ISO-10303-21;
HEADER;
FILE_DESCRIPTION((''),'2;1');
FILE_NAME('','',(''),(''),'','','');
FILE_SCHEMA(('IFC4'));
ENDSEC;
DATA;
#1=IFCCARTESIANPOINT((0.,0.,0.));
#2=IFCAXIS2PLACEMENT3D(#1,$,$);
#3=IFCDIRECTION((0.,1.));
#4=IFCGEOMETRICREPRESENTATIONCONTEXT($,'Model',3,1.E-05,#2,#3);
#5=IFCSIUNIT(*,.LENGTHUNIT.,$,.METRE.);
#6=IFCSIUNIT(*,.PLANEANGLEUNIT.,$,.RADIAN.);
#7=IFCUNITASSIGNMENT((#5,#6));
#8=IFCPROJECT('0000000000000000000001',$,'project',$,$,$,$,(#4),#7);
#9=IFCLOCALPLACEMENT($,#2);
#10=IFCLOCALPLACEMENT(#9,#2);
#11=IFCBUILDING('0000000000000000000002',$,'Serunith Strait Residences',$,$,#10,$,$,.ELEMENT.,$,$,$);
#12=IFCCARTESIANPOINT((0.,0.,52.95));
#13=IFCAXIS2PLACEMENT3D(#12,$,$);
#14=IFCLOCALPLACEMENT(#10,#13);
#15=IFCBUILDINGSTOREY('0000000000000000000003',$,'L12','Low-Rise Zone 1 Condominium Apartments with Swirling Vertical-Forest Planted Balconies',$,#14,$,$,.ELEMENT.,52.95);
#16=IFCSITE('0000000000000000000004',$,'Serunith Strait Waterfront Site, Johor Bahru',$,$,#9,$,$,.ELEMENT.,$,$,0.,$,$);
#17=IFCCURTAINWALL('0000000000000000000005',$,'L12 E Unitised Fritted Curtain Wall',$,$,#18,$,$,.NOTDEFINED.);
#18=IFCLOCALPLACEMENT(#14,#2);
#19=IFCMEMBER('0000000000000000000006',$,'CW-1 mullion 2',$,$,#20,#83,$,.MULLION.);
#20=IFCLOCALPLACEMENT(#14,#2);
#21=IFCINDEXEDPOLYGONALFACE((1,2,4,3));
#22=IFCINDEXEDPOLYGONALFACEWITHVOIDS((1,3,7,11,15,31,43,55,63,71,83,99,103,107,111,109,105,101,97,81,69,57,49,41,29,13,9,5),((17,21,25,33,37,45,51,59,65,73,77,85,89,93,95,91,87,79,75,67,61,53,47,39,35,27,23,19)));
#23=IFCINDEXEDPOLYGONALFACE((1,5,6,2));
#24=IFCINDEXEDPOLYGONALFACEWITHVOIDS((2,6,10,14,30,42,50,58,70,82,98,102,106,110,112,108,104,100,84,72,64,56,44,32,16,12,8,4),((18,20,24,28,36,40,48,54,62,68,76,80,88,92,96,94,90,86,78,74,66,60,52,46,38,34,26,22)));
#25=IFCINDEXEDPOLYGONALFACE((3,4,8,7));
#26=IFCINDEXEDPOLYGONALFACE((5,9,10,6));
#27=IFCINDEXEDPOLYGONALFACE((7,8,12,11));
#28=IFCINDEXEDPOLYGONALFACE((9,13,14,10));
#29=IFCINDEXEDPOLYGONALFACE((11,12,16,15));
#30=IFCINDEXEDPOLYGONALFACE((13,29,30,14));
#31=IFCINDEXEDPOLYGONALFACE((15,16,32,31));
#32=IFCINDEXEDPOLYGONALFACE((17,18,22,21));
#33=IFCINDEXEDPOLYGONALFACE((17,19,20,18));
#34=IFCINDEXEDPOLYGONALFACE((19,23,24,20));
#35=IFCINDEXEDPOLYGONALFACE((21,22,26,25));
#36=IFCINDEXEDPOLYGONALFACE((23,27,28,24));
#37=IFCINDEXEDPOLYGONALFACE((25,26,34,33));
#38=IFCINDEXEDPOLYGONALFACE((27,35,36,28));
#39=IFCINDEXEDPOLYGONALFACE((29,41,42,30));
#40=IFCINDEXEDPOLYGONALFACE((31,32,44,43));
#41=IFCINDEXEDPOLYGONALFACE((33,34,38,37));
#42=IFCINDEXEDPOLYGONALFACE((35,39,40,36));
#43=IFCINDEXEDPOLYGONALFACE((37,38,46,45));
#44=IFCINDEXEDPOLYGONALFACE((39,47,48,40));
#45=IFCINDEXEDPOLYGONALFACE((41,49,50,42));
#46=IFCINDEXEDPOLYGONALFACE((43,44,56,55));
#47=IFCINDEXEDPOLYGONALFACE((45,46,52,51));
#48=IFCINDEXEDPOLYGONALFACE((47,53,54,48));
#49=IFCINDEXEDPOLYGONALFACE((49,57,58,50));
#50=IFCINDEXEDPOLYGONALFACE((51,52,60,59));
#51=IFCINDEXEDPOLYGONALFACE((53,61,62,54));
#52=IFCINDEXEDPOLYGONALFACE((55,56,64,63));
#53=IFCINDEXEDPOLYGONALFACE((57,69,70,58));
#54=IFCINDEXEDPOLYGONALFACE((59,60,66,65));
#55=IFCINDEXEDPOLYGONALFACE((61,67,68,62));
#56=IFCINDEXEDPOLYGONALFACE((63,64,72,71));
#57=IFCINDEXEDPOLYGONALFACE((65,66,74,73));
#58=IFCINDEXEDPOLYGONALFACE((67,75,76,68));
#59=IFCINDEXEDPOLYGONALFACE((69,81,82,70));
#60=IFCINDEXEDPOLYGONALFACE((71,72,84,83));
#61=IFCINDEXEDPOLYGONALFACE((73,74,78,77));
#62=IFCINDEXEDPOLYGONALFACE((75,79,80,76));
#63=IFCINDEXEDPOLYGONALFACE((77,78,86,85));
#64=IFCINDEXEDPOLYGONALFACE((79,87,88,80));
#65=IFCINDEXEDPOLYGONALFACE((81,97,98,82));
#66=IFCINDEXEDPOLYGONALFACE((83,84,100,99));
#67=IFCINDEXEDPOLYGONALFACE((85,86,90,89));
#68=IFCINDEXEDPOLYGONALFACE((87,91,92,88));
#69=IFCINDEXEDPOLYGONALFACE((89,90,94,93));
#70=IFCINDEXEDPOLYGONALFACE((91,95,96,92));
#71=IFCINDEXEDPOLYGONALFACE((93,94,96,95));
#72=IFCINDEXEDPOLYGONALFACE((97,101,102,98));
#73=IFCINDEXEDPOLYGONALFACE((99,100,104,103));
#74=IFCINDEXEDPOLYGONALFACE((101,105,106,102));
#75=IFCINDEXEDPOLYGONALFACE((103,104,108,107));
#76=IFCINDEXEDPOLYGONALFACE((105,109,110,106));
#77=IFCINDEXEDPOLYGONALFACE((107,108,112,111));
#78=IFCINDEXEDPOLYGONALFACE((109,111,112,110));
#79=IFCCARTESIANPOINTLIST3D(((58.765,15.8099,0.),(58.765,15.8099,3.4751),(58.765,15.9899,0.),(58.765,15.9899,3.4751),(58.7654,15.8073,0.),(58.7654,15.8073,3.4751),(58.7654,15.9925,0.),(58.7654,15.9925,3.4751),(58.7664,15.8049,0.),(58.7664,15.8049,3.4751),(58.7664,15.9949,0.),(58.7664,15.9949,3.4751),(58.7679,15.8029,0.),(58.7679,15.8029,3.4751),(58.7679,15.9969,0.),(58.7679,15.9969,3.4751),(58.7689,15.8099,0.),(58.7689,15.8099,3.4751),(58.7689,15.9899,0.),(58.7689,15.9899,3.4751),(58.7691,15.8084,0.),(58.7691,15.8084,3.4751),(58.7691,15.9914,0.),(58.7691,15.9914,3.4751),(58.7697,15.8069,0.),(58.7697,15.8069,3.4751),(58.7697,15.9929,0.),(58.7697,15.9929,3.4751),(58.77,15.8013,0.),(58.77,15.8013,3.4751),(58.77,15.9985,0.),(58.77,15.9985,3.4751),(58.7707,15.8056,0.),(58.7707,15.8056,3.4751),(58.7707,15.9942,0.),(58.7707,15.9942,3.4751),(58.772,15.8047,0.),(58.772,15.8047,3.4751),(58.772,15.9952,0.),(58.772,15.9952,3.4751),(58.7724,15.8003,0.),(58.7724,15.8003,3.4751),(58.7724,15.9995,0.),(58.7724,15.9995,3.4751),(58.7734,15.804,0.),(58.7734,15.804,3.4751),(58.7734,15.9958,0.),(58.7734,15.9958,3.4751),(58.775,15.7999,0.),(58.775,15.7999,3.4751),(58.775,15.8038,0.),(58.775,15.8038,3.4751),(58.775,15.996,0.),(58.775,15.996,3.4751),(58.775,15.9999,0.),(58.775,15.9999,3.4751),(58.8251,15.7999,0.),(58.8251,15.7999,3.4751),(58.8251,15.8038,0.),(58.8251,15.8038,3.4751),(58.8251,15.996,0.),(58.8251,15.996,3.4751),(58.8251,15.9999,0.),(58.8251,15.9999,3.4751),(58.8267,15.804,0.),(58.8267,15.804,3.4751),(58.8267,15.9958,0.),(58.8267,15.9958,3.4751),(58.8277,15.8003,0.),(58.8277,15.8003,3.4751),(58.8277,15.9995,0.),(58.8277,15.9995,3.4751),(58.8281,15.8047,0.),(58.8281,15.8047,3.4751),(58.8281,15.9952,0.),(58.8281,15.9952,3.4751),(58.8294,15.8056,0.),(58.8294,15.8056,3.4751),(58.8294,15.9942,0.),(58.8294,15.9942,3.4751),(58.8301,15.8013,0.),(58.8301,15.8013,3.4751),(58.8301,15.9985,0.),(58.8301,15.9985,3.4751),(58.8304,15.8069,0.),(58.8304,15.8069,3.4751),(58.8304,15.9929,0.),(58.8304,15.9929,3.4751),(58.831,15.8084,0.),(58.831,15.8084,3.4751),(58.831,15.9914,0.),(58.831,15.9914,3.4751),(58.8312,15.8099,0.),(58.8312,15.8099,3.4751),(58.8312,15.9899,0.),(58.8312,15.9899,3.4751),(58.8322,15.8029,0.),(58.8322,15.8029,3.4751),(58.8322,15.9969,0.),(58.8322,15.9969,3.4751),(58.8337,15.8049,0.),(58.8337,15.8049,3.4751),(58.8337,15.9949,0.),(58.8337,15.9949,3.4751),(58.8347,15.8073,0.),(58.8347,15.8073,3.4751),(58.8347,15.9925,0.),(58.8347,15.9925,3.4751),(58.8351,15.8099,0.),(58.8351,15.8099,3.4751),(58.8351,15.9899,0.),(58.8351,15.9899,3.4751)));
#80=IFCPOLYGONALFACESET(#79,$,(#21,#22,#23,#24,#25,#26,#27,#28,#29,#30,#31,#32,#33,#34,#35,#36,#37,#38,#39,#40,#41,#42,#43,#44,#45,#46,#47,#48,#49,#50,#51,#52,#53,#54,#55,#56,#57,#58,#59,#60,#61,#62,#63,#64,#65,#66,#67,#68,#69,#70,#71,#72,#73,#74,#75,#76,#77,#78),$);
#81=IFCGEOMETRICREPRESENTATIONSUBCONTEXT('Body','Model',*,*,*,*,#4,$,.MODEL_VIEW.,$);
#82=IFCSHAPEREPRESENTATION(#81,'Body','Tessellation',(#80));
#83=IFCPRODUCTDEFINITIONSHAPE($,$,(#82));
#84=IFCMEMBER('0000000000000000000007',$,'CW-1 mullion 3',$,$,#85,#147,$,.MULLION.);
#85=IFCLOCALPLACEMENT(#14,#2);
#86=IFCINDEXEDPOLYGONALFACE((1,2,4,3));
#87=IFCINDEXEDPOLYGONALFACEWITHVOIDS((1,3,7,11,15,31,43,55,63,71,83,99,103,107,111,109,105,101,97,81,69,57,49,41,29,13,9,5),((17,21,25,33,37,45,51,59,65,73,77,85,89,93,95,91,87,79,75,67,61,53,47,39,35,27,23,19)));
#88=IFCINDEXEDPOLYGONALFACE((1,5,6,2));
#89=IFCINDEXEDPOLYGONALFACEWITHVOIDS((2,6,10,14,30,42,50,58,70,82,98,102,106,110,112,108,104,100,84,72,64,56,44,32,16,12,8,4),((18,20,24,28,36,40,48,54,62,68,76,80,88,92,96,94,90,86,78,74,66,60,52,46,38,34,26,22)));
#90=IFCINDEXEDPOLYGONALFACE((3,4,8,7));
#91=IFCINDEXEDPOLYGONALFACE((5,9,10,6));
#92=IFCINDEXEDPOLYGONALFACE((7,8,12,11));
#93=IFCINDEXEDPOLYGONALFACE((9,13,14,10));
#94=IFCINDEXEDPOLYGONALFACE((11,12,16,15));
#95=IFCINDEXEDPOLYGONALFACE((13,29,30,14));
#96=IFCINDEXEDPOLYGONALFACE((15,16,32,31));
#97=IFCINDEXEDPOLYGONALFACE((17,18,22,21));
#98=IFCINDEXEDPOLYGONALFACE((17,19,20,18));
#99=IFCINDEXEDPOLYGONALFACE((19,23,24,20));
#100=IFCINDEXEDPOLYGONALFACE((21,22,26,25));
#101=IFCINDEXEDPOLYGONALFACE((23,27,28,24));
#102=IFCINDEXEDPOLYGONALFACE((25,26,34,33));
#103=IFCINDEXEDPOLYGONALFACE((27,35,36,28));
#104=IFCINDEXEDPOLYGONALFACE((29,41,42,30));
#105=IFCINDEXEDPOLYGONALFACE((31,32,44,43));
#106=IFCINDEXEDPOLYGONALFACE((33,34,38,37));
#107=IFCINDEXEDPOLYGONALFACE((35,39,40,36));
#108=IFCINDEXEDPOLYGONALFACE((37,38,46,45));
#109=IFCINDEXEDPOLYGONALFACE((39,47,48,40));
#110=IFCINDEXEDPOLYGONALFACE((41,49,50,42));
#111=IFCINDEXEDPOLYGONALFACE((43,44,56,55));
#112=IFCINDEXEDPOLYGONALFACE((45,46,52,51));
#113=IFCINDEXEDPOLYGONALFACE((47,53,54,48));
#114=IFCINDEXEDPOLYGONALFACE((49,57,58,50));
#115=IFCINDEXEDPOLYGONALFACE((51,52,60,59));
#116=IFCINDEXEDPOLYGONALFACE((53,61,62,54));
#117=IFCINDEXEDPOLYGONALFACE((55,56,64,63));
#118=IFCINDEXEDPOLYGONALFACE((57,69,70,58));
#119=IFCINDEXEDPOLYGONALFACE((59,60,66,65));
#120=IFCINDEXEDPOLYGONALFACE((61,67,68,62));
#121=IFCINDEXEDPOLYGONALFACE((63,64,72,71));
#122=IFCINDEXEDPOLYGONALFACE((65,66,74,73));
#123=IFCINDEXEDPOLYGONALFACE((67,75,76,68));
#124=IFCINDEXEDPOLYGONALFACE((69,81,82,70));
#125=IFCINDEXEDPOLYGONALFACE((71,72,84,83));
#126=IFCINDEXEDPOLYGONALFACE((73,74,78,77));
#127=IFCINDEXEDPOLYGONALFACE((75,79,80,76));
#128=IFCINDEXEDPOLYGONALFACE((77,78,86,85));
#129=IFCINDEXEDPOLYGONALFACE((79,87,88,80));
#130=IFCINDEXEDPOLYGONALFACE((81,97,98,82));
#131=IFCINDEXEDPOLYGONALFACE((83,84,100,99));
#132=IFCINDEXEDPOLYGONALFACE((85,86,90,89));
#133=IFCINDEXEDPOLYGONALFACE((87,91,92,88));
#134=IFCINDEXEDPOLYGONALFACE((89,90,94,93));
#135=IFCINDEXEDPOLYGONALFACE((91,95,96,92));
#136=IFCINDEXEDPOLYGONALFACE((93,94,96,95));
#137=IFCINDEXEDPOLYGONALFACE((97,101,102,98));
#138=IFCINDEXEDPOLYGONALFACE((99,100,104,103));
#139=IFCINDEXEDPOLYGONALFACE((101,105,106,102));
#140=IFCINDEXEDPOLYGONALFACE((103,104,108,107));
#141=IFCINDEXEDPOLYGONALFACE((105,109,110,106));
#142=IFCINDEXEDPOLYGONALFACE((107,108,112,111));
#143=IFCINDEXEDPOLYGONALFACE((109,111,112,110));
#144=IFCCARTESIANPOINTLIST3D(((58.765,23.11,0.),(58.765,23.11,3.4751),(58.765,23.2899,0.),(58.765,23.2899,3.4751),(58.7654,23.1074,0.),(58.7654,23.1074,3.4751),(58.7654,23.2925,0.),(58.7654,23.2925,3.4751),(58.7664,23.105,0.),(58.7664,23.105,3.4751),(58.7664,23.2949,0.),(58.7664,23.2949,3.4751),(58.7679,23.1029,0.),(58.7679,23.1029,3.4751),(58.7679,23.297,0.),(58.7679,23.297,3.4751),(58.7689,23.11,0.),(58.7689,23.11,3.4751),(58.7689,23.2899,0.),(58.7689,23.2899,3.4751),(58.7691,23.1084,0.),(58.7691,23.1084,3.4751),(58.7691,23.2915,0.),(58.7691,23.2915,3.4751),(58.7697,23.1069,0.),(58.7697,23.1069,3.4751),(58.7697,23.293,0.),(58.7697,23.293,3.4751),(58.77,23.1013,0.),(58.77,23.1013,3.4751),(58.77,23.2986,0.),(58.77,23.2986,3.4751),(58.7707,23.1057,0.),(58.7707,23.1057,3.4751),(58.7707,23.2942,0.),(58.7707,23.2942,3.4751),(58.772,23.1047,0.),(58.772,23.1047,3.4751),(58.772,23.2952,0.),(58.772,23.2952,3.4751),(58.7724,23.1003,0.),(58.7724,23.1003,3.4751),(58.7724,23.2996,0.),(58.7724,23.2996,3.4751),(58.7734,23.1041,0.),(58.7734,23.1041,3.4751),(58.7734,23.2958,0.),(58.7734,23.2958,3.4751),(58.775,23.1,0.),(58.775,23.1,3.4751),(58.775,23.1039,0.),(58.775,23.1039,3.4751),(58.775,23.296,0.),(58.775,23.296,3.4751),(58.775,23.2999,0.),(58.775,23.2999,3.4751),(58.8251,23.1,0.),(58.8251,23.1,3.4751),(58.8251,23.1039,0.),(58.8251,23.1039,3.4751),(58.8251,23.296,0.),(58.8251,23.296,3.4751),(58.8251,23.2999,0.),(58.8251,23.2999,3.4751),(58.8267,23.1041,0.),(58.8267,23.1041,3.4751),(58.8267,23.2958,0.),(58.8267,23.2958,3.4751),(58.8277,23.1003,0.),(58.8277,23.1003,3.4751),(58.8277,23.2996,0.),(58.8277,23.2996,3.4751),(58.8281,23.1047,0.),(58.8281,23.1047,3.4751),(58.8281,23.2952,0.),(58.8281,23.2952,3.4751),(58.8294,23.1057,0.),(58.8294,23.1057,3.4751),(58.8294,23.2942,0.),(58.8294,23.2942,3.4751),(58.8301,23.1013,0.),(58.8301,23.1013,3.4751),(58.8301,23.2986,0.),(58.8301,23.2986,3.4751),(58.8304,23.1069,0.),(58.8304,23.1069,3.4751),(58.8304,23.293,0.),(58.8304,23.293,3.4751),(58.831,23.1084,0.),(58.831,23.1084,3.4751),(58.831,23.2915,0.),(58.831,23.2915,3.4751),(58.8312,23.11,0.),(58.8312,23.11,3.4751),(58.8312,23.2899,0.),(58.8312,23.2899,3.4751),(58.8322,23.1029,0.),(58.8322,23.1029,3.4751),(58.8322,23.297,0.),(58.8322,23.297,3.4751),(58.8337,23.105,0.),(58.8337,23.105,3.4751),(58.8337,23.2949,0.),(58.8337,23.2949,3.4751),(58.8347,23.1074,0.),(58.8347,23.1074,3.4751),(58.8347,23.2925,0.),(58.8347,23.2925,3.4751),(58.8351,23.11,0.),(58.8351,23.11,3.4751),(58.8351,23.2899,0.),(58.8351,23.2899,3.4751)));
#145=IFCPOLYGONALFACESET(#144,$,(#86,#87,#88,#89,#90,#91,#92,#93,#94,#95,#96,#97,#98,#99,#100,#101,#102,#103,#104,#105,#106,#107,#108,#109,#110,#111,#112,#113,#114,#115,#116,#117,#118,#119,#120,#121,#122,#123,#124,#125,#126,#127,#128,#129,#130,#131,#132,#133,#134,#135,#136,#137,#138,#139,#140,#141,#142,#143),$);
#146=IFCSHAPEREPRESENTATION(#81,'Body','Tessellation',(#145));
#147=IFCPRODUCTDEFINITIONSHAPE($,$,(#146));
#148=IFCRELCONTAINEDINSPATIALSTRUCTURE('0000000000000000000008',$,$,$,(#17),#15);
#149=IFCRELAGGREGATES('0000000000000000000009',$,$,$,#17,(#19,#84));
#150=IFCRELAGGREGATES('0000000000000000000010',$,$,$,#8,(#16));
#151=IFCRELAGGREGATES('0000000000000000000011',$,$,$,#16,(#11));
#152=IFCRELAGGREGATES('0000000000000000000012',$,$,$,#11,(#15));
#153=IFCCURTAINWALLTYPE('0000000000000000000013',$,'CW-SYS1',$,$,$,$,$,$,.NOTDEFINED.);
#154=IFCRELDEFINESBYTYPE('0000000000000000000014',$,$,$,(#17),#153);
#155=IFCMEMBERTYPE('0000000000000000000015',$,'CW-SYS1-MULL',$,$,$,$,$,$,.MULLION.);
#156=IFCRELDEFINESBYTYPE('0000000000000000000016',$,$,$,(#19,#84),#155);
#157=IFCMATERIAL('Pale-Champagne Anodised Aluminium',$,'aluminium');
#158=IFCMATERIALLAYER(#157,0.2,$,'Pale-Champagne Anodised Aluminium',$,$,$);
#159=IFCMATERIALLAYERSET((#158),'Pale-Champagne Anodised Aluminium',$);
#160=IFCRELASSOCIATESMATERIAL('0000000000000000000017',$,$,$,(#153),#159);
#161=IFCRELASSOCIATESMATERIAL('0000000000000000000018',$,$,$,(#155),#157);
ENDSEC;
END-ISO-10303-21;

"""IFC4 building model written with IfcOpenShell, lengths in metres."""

from ifc_helpers import new_model, si_unit, direction, frame, origin, origin_2d, place, context, subcontext, project, spatial, hollow_rectangle, extrude, source, transform, mapped, material, layer, layer_set, material_profile, profile_set, type_object, element, aggregate, save


model = new_model("IFC4")

# Units and contexts
model_context = context("Model", 3, precision=1e-05, world=origin(), true_north=direction((0.0, 1.0)))
body_context = subcontext(model_context, "Body", "Model", "MODEL_VIEW")
ifc_project = project(units=[si_unit("LENGTHUNIT", "METRE"), si_unit("PLANEANGLEUNIT", "RADIAN")], contexts=[model_context])

# Site, building, storey
site_placement = place(None, origin())
site = spatial("IfcSite", under=ifc_project, at=site_placement, Name="Serunith Strait Waterfront Site, Johor Bahru", CompositionType="ELEMENT", RefElevation=0.0)
building_placement = place(site_placement, origin())
building = spatial("IfcBuilding", under=site, at=building_placement, Name="Serunith Strait Residences", CompositionType="ELEMENT")
storey_placement = place(building_placement, frame((0.0, 0.0, 52.95)))
storey = spatial("IfcBuildingStorey", under=building, at=storey_placement, Name="L12", Description="Low-Rise Zone 1 Condominium Apartments with Swirling Vertical-Forest Planted Balconies", CompositionType="ELEMENT", Elevation=52.95)

# Curtain wall, members
ifc_material_1 = material(Name="Pale-Champagne Anodised Aluminium", Category="aluminium")
ifc_layer_1 = layer(ifc_material_1, 0.2, Name="Pale-Champagne Anodised Aluminium")
ifc_layer_set_1 = layer_set([ifc_layer_1], Name="Pale-Champagne Anodised Aluminium")
curtain_wall_type = type_object("IfcCurtainWallType", Name="CW-SYS1", PredefinedType="NOTDEFINED", material=ifc_layer_set_1)
curtain_wall_placement = place(storey_placement, origin())
curtain_wall = element("IfcCurtainWall", 1, at=curtain_wall_placement, inside=storey, type_object=curtain_wall_type, Name="L12 E Unitised Fritted Curtain Wall", PredefinedType="NOTDEFINED")
ifc_material_profile_1 = material_profile(ifc_material_1, hollow_rectangle(XDim=0.0701, YDim=0.2, WallThickness=0.0039, InnerFilletRadius=0.0061, OuterFilletRadius=0.01, at=origin_2d()), Name="ALU 200x70x4")
ifc_profile_set_1 = profile_set([ifc_material_profile_1], Name="Pale-Champagne Anodised Aluminium")
member_type_1 = type_object("IfcMemberType", Name="CW-SYS1-MULL", PredefinedType="MULLION", material=ifc_profile_set_1)
shared_shape_1 = source(origin(), body_context, "Body", "SweptSolid", [
    extrude(hollow_rectangle(XDim=0.0701, YDim=0.2, WallThickness=0.0039, InnerFilletRadius=0.0061, OuterFilletRadius=0.01, at=origin_2d()), origin(), (0.0, 0.0, 1.0), 3.4751),
])
member_1_placement = place(storey_placement, frame((58.8, 15.8999, 0.0), z_axis=(0.0, 0.0, 1.0), x_axis=(-1.0, 0.0, 0.0)))
member_1 = element("IfcMember", 2, at=member_1_placement, type_object=member_type_1, Name="CW-1 mullion 2", PredefinedType="MULLION", context=body_context, shape_type="MappedRepresentation", body=[
    mapped(shared_shape_1, transform((0.0, 0.0, 0.0), scale=1.0)),
])
member_2_placement = place(storey_placement, frame((58.8, 23.2, 0.0), z_axis=(0.0, 0.0, 1.0), x_axis=(-1.0, 0.0, 0.0)))
member_2 = element("IfcMember", 3, at=member_2_placement, type_object=member_type_1, Name="CW-1 mullion 3", PredefinedType="MULLION", context=body_context, shape_type="MappedRepresentation", body=[
    mapped(shared_shape_1, transform((0.0, 0.0, 0.0), scale=1.0)),
])
aggregate(curtain_wall, [member_1, member_2])

save(model, "model.ifc")
